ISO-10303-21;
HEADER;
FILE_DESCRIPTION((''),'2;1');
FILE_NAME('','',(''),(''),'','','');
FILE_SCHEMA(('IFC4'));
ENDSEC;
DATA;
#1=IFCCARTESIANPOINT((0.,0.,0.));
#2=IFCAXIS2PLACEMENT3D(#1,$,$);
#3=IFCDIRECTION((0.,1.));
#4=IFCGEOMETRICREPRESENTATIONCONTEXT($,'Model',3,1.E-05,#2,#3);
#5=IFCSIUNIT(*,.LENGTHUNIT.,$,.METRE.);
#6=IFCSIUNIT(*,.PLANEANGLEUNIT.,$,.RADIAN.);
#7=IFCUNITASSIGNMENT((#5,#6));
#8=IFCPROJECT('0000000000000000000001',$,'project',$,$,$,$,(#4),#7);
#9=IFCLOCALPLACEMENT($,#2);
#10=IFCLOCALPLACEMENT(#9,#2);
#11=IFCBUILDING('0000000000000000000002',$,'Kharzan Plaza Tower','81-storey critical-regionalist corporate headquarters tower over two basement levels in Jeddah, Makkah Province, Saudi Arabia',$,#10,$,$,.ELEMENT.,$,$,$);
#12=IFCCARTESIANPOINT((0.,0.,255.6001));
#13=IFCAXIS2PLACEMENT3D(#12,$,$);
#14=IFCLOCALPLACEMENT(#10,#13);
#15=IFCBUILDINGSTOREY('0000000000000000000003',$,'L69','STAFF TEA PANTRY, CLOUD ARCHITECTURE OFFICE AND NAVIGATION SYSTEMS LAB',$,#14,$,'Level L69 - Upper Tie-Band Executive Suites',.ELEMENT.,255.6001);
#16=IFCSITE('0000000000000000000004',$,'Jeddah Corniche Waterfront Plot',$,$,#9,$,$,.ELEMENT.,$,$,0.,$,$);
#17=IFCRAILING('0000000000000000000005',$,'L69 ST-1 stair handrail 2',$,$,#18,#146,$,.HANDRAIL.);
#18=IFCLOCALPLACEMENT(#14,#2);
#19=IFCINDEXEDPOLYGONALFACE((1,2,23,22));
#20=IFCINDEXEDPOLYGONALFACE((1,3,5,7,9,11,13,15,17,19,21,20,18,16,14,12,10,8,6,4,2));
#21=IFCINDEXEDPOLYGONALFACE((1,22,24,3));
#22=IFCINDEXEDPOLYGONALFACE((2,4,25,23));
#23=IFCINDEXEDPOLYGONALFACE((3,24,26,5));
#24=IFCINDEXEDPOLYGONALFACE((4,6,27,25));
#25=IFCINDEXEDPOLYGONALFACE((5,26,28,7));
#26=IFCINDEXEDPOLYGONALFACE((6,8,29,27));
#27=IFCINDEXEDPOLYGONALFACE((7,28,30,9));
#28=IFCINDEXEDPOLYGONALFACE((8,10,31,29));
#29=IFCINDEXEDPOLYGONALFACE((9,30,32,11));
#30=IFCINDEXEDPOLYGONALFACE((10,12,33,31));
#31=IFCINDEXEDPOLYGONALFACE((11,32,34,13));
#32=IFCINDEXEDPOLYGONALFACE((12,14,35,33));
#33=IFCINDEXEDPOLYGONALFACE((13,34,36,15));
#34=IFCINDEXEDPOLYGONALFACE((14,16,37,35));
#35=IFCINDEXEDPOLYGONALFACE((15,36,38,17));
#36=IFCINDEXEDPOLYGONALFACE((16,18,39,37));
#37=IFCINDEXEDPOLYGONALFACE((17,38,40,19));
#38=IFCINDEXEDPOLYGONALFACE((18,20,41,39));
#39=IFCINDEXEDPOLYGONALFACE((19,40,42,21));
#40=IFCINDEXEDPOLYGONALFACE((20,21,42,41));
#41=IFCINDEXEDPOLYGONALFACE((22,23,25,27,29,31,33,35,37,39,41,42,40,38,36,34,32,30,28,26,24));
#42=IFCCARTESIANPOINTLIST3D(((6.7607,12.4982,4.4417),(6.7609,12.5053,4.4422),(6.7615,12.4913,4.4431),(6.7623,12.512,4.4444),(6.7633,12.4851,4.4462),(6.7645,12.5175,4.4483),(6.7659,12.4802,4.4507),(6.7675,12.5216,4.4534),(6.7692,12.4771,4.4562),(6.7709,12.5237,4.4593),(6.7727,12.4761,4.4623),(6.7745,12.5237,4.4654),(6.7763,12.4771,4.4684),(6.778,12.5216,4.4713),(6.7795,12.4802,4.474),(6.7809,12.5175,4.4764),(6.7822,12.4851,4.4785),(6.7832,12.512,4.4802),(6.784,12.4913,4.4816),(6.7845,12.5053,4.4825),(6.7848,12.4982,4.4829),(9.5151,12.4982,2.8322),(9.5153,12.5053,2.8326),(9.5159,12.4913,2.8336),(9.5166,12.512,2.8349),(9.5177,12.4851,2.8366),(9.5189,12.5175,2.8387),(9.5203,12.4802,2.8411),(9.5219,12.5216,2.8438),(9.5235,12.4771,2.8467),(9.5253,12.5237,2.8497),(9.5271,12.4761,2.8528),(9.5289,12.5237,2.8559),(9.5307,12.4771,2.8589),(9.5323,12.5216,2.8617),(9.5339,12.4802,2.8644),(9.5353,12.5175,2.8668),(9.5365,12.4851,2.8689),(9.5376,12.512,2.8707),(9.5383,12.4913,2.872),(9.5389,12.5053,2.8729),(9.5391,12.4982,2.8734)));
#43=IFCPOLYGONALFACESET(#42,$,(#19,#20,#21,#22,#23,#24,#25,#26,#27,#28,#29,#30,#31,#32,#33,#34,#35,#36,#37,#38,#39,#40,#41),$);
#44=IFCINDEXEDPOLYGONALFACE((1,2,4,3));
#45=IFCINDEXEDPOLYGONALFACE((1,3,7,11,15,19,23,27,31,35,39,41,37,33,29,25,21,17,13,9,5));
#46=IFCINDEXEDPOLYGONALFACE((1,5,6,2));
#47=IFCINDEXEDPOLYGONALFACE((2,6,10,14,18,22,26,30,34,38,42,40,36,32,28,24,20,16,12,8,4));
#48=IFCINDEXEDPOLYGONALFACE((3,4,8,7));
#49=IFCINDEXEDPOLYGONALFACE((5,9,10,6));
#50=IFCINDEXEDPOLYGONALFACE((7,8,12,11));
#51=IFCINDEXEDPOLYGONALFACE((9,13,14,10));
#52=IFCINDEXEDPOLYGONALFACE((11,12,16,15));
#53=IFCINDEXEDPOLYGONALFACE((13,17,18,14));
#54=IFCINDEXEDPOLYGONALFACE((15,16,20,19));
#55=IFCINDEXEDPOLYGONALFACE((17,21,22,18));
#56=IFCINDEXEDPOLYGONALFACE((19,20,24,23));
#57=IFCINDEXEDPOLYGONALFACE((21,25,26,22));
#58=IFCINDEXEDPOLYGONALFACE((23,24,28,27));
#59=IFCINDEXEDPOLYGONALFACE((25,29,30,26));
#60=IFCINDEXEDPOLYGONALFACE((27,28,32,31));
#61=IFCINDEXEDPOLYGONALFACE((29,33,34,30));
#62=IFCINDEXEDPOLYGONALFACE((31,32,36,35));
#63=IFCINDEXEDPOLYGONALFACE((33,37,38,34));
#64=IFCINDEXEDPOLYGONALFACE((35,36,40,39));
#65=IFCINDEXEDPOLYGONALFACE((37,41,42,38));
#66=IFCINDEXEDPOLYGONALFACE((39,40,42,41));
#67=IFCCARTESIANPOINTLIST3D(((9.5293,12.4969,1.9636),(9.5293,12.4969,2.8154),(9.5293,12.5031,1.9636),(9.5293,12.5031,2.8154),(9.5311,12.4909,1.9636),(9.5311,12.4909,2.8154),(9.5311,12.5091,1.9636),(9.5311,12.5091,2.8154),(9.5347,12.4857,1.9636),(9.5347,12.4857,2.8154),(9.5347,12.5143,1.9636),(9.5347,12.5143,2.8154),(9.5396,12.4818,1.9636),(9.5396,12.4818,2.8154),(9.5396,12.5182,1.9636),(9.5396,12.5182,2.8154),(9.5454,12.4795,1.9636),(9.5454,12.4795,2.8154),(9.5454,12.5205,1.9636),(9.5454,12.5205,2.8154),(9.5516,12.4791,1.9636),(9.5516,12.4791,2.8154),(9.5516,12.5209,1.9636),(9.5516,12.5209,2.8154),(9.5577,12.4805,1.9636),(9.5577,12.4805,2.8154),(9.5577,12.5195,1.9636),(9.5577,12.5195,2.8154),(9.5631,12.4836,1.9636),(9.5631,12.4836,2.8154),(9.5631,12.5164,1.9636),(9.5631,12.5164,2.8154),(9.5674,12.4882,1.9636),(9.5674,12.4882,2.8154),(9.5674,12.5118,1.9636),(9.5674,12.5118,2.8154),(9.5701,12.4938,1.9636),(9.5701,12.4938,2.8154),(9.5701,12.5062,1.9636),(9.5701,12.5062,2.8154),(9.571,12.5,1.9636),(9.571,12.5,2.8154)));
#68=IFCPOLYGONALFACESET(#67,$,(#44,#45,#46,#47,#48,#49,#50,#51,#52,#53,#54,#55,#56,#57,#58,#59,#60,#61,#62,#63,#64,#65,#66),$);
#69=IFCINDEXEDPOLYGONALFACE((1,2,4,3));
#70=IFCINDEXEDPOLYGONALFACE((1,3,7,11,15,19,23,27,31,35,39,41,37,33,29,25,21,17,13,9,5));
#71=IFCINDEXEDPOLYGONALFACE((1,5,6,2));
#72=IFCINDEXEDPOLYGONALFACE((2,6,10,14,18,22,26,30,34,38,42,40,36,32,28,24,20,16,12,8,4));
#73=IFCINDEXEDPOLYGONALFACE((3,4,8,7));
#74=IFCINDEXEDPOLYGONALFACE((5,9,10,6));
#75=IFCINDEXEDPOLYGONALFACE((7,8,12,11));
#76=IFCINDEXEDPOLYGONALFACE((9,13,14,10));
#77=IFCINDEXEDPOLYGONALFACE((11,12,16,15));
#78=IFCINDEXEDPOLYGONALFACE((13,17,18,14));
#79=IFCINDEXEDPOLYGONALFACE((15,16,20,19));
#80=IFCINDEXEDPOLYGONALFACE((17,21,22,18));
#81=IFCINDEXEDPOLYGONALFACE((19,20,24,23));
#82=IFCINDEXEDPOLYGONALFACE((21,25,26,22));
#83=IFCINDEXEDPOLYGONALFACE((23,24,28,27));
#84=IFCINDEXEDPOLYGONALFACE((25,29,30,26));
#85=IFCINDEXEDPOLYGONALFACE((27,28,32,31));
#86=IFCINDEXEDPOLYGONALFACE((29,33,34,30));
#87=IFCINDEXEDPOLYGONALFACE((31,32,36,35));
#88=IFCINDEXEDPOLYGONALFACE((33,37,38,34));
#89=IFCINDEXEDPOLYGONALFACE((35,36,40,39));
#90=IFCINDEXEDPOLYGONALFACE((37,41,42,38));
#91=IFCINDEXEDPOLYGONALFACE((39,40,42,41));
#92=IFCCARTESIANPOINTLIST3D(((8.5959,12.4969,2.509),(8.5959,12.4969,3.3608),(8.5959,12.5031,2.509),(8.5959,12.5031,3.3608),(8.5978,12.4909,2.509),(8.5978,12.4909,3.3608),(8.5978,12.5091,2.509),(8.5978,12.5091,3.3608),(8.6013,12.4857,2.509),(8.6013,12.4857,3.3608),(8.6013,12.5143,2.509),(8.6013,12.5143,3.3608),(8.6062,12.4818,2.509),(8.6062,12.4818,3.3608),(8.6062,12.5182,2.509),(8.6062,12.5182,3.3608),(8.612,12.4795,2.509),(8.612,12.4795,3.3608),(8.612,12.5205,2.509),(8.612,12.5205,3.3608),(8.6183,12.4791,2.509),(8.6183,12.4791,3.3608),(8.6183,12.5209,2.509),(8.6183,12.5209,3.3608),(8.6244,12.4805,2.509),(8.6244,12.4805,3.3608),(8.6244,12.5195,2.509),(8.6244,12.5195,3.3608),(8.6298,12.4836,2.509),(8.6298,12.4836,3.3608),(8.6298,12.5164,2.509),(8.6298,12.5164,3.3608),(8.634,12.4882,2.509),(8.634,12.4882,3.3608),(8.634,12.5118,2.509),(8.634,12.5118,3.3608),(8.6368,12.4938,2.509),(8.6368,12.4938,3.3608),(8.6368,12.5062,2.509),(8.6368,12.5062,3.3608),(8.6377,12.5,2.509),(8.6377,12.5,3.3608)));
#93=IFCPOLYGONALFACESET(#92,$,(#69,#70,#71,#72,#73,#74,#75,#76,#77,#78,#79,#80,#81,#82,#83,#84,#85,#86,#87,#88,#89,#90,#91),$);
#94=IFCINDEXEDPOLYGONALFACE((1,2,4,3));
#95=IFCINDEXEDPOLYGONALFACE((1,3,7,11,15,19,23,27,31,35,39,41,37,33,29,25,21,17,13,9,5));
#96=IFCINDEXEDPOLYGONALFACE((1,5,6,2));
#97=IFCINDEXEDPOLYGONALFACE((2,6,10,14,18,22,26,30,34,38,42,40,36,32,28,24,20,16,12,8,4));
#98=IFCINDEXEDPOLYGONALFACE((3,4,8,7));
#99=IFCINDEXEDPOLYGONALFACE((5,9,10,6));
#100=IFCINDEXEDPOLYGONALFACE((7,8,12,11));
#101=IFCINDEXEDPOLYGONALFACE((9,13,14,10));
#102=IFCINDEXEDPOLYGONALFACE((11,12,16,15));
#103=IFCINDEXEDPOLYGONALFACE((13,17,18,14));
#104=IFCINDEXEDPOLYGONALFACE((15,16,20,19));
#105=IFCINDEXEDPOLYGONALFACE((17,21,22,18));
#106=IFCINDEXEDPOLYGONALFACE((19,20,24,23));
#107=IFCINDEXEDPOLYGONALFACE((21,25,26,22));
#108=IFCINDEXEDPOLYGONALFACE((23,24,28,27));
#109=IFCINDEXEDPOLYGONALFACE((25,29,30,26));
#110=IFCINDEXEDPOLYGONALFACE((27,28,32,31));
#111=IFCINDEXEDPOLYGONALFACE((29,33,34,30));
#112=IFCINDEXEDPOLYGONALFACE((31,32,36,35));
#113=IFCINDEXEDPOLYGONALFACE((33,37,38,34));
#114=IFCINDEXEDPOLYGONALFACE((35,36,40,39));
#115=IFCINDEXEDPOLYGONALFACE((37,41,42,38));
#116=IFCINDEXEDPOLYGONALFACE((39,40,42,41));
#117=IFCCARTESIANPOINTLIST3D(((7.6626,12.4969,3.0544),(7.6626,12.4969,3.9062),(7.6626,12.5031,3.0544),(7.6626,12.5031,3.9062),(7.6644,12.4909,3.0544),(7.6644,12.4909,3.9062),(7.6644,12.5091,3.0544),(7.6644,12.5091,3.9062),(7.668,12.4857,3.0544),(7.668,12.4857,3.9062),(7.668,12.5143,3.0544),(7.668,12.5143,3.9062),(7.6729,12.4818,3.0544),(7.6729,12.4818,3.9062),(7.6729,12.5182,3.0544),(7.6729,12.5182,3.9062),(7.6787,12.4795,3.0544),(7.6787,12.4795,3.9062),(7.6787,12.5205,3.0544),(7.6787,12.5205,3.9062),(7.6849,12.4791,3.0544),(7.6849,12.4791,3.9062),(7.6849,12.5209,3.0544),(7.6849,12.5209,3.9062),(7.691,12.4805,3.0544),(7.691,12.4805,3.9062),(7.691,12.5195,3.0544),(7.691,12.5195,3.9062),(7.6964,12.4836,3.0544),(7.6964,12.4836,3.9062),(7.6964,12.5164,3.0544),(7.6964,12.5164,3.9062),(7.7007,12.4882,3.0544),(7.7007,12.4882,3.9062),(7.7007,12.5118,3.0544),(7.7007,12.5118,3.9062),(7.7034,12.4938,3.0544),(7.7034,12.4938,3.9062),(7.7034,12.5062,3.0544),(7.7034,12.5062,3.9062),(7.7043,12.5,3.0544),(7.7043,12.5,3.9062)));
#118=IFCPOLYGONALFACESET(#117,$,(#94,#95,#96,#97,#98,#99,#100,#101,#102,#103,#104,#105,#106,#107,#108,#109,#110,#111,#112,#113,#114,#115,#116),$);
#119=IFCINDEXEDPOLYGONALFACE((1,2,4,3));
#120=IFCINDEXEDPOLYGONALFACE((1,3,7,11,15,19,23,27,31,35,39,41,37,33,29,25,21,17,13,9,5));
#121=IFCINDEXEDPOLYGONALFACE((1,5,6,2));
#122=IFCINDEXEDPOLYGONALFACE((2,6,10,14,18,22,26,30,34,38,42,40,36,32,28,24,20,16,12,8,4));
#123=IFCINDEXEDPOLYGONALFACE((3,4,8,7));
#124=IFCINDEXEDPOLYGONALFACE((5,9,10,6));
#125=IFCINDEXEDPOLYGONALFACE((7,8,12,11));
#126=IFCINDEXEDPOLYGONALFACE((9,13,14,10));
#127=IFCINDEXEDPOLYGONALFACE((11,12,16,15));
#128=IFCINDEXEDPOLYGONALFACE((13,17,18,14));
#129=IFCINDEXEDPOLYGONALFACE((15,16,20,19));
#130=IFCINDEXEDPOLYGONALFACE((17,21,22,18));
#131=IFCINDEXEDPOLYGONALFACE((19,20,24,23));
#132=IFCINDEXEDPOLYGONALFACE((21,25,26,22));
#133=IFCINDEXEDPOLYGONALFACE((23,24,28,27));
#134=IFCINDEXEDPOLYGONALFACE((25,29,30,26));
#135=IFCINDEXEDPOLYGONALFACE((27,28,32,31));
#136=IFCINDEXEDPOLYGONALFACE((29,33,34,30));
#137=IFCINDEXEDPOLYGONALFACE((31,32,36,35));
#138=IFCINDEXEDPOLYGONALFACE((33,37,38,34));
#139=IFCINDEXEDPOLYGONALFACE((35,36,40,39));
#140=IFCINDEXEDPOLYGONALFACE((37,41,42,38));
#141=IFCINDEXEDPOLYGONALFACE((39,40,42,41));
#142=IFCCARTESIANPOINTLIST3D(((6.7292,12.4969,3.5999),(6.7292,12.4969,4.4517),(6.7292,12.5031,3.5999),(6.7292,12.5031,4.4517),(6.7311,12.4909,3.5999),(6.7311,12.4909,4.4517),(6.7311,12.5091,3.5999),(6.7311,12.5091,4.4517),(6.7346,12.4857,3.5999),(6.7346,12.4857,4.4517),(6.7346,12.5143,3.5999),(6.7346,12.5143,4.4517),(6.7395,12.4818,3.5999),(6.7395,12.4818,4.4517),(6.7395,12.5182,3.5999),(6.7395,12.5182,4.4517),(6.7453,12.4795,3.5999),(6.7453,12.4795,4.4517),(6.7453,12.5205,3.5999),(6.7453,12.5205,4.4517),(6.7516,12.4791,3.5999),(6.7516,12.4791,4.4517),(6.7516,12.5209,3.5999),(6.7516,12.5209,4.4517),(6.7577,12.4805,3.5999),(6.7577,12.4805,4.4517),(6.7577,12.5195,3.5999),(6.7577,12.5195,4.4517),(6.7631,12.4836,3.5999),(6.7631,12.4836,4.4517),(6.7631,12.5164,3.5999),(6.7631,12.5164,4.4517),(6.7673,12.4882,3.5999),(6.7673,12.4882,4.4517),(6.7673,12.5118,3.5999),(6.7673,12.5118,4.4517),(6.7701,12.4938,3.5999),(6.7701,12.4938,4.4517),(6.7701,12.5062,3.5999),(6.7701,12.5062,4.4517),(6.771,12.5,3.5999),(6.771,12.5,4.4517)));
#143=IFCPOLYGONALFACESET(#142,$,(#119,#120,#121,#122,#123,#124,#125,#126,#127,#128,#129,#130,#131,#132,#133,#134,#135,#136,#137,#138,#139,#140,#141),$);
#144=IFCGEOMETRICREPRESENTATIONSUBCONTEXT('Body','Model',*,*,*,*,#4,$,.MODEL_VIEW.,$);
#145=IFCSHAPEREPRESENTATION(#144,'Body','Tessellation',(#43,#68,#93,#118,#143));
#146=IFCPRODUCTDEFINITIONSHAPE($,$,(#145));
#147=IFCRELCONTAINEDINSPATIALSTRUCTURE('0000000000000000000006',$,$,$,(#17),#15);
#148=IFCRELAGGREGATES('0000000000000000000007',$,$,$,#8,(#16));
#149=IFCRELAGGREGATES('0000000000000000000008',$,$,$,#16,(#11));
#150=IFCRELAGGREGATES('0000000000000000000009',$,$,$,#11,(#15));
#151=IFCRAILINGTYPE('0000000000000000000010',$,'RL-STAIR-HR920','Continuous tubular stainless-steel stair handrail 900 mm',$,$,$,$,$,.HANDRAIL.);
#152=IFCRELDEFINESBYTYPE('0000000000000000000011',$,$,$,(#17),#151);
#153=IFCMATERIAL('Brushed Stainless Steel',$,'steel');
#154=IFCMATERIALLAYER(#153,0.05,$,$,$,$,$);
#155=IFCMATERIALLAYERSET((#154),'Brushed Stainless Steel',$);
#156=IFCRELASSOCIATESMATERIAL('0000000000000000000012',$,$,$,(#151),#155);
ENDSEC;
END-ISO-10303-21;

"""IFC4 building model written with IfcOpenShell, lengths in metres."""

from ifc_helpers import new_model, si_unit, direction, frame, origin, origin_2d, place, context, subcontext, project, spatial, circle, extrude, source, transform, mapped, material, layer, layer_set, type_object, element, save


model = new_model("IFC4")

# Units and contexts
model_context = context("Model", 3, precision=1e-05, world=origin(), true_north=direction((0.0, 1.0)))
body_context = subcontext(model_context, "Body", "Model", "MODEL_VIEW")
ifc_project = project(units=[si_unit("LENGTHUNIT", "METRE"), si_unit("PLANEANGLEUNIT", "RADIAN")], contexts=[model_context])

# Site, building, storey
site_placement = place(None, origin())
site = spatial("IfcSite", under=ifc_project, at=site_placement, Name="Jeddah Corniche Waterfront Plot", CompositionType="ELEMENT", RefElevation=0.0)
building_placement = place(site_placement, origin())
building = spatial("IfcBuilding", under=site, at=building_placement, Name="Kharzan Plaza Tower", Description="81-storey critical-regionalist corporate headquarters tower over two basement levels in Jeddah, Makkah Province, Saudi Arabia", CompositionType="ELEMENT")
storey_placement = place(building_placement, frame((0.0, 0.0, 255.6001)))
storey = spatial("IfcBuildingStorey", under=building, at=storey_placement, Name="L69", Description="STAFF TEA PANTRY, CLOUD ARCHITECTURE OFFICE AND NAVIGATION SYSTEMS LAB", LongName="Level L69 - Upper Tie-Band Executive Suites", CompositionType="ELEMENT", Elevation=255.6001)

# Shared definitions
ifc_material_1 = material(Name="Brushed Stainless Steel", Category="steel")

# Railing
ifc_layer_1 = layer(ifc_material_1, 0.05)
ifc_layer_set_1 = layer_set([ifc_layer_1], Name="Brushed Stainless Steel")
railing_type_1 = type_object("IfcRailingType", Name="RL-STAIR-HR920", Description="Continuous tubular stainless-steel stair handrail 900 mm", PredefinedType="HANDRAIL", material=ifc_layer_set_1)
shared_shape_1 = source(origin(), body_context, "Body", "SweptSolid", [
    extrude(circle(Radius=0.0239, at=origin_2d()), frame((-0.0229, 0.0, 0.8892), z_axis=(-0.863394, 0.0, 0.504531), x_axis=(0.0, -1.0, 0.0)), (0.0, 0.0, 1.0), 3.1902),
    extrude(circle(Radius=0.021, at=origin_2d()), origin(), (0.0, 0.0, 1.0), 0.8518),
    extrude(circle(Radius=0.021, at=origin_2d()), frame((-0.9333, 0.0, 0.5454)), (0.0, 0.0, 1.0), 0.8518),
    extrude(circle(Radius=0.021, at=origin_2d()), frame((-1.8667, 0.0, 1.0908)), (0.0, 0.0, 1.0), 0.8518),
    extrude(circle(Radius=0.021, at=origin_2d()), frame((-2.8, 0.0, 1.6362)), (0.0, 0.0, 1.0), 0.8518),
])
railing_1_placement = place(storey_placement, frame((9.55, 12.5, 1.9636)))
element("IfcRailing", 1, at=railing_1_placement, inside=storey, type_object=railing_type_1, Name="L69 ST-1 stair handrail 2", PredefinedType="HANDRAIL", context=body_context, shape_type="MappedRepresentation", body=[
    mapped(shared_shape_1, transform((0.0, 0.0, 0.0), x_axis=(1.0, 0.0, 0.0), y_axis=(0.0, 1.0, 0.0), z_axis=(0.0, 0.0, 1.0))),
])

save(model, "model.ifc")
